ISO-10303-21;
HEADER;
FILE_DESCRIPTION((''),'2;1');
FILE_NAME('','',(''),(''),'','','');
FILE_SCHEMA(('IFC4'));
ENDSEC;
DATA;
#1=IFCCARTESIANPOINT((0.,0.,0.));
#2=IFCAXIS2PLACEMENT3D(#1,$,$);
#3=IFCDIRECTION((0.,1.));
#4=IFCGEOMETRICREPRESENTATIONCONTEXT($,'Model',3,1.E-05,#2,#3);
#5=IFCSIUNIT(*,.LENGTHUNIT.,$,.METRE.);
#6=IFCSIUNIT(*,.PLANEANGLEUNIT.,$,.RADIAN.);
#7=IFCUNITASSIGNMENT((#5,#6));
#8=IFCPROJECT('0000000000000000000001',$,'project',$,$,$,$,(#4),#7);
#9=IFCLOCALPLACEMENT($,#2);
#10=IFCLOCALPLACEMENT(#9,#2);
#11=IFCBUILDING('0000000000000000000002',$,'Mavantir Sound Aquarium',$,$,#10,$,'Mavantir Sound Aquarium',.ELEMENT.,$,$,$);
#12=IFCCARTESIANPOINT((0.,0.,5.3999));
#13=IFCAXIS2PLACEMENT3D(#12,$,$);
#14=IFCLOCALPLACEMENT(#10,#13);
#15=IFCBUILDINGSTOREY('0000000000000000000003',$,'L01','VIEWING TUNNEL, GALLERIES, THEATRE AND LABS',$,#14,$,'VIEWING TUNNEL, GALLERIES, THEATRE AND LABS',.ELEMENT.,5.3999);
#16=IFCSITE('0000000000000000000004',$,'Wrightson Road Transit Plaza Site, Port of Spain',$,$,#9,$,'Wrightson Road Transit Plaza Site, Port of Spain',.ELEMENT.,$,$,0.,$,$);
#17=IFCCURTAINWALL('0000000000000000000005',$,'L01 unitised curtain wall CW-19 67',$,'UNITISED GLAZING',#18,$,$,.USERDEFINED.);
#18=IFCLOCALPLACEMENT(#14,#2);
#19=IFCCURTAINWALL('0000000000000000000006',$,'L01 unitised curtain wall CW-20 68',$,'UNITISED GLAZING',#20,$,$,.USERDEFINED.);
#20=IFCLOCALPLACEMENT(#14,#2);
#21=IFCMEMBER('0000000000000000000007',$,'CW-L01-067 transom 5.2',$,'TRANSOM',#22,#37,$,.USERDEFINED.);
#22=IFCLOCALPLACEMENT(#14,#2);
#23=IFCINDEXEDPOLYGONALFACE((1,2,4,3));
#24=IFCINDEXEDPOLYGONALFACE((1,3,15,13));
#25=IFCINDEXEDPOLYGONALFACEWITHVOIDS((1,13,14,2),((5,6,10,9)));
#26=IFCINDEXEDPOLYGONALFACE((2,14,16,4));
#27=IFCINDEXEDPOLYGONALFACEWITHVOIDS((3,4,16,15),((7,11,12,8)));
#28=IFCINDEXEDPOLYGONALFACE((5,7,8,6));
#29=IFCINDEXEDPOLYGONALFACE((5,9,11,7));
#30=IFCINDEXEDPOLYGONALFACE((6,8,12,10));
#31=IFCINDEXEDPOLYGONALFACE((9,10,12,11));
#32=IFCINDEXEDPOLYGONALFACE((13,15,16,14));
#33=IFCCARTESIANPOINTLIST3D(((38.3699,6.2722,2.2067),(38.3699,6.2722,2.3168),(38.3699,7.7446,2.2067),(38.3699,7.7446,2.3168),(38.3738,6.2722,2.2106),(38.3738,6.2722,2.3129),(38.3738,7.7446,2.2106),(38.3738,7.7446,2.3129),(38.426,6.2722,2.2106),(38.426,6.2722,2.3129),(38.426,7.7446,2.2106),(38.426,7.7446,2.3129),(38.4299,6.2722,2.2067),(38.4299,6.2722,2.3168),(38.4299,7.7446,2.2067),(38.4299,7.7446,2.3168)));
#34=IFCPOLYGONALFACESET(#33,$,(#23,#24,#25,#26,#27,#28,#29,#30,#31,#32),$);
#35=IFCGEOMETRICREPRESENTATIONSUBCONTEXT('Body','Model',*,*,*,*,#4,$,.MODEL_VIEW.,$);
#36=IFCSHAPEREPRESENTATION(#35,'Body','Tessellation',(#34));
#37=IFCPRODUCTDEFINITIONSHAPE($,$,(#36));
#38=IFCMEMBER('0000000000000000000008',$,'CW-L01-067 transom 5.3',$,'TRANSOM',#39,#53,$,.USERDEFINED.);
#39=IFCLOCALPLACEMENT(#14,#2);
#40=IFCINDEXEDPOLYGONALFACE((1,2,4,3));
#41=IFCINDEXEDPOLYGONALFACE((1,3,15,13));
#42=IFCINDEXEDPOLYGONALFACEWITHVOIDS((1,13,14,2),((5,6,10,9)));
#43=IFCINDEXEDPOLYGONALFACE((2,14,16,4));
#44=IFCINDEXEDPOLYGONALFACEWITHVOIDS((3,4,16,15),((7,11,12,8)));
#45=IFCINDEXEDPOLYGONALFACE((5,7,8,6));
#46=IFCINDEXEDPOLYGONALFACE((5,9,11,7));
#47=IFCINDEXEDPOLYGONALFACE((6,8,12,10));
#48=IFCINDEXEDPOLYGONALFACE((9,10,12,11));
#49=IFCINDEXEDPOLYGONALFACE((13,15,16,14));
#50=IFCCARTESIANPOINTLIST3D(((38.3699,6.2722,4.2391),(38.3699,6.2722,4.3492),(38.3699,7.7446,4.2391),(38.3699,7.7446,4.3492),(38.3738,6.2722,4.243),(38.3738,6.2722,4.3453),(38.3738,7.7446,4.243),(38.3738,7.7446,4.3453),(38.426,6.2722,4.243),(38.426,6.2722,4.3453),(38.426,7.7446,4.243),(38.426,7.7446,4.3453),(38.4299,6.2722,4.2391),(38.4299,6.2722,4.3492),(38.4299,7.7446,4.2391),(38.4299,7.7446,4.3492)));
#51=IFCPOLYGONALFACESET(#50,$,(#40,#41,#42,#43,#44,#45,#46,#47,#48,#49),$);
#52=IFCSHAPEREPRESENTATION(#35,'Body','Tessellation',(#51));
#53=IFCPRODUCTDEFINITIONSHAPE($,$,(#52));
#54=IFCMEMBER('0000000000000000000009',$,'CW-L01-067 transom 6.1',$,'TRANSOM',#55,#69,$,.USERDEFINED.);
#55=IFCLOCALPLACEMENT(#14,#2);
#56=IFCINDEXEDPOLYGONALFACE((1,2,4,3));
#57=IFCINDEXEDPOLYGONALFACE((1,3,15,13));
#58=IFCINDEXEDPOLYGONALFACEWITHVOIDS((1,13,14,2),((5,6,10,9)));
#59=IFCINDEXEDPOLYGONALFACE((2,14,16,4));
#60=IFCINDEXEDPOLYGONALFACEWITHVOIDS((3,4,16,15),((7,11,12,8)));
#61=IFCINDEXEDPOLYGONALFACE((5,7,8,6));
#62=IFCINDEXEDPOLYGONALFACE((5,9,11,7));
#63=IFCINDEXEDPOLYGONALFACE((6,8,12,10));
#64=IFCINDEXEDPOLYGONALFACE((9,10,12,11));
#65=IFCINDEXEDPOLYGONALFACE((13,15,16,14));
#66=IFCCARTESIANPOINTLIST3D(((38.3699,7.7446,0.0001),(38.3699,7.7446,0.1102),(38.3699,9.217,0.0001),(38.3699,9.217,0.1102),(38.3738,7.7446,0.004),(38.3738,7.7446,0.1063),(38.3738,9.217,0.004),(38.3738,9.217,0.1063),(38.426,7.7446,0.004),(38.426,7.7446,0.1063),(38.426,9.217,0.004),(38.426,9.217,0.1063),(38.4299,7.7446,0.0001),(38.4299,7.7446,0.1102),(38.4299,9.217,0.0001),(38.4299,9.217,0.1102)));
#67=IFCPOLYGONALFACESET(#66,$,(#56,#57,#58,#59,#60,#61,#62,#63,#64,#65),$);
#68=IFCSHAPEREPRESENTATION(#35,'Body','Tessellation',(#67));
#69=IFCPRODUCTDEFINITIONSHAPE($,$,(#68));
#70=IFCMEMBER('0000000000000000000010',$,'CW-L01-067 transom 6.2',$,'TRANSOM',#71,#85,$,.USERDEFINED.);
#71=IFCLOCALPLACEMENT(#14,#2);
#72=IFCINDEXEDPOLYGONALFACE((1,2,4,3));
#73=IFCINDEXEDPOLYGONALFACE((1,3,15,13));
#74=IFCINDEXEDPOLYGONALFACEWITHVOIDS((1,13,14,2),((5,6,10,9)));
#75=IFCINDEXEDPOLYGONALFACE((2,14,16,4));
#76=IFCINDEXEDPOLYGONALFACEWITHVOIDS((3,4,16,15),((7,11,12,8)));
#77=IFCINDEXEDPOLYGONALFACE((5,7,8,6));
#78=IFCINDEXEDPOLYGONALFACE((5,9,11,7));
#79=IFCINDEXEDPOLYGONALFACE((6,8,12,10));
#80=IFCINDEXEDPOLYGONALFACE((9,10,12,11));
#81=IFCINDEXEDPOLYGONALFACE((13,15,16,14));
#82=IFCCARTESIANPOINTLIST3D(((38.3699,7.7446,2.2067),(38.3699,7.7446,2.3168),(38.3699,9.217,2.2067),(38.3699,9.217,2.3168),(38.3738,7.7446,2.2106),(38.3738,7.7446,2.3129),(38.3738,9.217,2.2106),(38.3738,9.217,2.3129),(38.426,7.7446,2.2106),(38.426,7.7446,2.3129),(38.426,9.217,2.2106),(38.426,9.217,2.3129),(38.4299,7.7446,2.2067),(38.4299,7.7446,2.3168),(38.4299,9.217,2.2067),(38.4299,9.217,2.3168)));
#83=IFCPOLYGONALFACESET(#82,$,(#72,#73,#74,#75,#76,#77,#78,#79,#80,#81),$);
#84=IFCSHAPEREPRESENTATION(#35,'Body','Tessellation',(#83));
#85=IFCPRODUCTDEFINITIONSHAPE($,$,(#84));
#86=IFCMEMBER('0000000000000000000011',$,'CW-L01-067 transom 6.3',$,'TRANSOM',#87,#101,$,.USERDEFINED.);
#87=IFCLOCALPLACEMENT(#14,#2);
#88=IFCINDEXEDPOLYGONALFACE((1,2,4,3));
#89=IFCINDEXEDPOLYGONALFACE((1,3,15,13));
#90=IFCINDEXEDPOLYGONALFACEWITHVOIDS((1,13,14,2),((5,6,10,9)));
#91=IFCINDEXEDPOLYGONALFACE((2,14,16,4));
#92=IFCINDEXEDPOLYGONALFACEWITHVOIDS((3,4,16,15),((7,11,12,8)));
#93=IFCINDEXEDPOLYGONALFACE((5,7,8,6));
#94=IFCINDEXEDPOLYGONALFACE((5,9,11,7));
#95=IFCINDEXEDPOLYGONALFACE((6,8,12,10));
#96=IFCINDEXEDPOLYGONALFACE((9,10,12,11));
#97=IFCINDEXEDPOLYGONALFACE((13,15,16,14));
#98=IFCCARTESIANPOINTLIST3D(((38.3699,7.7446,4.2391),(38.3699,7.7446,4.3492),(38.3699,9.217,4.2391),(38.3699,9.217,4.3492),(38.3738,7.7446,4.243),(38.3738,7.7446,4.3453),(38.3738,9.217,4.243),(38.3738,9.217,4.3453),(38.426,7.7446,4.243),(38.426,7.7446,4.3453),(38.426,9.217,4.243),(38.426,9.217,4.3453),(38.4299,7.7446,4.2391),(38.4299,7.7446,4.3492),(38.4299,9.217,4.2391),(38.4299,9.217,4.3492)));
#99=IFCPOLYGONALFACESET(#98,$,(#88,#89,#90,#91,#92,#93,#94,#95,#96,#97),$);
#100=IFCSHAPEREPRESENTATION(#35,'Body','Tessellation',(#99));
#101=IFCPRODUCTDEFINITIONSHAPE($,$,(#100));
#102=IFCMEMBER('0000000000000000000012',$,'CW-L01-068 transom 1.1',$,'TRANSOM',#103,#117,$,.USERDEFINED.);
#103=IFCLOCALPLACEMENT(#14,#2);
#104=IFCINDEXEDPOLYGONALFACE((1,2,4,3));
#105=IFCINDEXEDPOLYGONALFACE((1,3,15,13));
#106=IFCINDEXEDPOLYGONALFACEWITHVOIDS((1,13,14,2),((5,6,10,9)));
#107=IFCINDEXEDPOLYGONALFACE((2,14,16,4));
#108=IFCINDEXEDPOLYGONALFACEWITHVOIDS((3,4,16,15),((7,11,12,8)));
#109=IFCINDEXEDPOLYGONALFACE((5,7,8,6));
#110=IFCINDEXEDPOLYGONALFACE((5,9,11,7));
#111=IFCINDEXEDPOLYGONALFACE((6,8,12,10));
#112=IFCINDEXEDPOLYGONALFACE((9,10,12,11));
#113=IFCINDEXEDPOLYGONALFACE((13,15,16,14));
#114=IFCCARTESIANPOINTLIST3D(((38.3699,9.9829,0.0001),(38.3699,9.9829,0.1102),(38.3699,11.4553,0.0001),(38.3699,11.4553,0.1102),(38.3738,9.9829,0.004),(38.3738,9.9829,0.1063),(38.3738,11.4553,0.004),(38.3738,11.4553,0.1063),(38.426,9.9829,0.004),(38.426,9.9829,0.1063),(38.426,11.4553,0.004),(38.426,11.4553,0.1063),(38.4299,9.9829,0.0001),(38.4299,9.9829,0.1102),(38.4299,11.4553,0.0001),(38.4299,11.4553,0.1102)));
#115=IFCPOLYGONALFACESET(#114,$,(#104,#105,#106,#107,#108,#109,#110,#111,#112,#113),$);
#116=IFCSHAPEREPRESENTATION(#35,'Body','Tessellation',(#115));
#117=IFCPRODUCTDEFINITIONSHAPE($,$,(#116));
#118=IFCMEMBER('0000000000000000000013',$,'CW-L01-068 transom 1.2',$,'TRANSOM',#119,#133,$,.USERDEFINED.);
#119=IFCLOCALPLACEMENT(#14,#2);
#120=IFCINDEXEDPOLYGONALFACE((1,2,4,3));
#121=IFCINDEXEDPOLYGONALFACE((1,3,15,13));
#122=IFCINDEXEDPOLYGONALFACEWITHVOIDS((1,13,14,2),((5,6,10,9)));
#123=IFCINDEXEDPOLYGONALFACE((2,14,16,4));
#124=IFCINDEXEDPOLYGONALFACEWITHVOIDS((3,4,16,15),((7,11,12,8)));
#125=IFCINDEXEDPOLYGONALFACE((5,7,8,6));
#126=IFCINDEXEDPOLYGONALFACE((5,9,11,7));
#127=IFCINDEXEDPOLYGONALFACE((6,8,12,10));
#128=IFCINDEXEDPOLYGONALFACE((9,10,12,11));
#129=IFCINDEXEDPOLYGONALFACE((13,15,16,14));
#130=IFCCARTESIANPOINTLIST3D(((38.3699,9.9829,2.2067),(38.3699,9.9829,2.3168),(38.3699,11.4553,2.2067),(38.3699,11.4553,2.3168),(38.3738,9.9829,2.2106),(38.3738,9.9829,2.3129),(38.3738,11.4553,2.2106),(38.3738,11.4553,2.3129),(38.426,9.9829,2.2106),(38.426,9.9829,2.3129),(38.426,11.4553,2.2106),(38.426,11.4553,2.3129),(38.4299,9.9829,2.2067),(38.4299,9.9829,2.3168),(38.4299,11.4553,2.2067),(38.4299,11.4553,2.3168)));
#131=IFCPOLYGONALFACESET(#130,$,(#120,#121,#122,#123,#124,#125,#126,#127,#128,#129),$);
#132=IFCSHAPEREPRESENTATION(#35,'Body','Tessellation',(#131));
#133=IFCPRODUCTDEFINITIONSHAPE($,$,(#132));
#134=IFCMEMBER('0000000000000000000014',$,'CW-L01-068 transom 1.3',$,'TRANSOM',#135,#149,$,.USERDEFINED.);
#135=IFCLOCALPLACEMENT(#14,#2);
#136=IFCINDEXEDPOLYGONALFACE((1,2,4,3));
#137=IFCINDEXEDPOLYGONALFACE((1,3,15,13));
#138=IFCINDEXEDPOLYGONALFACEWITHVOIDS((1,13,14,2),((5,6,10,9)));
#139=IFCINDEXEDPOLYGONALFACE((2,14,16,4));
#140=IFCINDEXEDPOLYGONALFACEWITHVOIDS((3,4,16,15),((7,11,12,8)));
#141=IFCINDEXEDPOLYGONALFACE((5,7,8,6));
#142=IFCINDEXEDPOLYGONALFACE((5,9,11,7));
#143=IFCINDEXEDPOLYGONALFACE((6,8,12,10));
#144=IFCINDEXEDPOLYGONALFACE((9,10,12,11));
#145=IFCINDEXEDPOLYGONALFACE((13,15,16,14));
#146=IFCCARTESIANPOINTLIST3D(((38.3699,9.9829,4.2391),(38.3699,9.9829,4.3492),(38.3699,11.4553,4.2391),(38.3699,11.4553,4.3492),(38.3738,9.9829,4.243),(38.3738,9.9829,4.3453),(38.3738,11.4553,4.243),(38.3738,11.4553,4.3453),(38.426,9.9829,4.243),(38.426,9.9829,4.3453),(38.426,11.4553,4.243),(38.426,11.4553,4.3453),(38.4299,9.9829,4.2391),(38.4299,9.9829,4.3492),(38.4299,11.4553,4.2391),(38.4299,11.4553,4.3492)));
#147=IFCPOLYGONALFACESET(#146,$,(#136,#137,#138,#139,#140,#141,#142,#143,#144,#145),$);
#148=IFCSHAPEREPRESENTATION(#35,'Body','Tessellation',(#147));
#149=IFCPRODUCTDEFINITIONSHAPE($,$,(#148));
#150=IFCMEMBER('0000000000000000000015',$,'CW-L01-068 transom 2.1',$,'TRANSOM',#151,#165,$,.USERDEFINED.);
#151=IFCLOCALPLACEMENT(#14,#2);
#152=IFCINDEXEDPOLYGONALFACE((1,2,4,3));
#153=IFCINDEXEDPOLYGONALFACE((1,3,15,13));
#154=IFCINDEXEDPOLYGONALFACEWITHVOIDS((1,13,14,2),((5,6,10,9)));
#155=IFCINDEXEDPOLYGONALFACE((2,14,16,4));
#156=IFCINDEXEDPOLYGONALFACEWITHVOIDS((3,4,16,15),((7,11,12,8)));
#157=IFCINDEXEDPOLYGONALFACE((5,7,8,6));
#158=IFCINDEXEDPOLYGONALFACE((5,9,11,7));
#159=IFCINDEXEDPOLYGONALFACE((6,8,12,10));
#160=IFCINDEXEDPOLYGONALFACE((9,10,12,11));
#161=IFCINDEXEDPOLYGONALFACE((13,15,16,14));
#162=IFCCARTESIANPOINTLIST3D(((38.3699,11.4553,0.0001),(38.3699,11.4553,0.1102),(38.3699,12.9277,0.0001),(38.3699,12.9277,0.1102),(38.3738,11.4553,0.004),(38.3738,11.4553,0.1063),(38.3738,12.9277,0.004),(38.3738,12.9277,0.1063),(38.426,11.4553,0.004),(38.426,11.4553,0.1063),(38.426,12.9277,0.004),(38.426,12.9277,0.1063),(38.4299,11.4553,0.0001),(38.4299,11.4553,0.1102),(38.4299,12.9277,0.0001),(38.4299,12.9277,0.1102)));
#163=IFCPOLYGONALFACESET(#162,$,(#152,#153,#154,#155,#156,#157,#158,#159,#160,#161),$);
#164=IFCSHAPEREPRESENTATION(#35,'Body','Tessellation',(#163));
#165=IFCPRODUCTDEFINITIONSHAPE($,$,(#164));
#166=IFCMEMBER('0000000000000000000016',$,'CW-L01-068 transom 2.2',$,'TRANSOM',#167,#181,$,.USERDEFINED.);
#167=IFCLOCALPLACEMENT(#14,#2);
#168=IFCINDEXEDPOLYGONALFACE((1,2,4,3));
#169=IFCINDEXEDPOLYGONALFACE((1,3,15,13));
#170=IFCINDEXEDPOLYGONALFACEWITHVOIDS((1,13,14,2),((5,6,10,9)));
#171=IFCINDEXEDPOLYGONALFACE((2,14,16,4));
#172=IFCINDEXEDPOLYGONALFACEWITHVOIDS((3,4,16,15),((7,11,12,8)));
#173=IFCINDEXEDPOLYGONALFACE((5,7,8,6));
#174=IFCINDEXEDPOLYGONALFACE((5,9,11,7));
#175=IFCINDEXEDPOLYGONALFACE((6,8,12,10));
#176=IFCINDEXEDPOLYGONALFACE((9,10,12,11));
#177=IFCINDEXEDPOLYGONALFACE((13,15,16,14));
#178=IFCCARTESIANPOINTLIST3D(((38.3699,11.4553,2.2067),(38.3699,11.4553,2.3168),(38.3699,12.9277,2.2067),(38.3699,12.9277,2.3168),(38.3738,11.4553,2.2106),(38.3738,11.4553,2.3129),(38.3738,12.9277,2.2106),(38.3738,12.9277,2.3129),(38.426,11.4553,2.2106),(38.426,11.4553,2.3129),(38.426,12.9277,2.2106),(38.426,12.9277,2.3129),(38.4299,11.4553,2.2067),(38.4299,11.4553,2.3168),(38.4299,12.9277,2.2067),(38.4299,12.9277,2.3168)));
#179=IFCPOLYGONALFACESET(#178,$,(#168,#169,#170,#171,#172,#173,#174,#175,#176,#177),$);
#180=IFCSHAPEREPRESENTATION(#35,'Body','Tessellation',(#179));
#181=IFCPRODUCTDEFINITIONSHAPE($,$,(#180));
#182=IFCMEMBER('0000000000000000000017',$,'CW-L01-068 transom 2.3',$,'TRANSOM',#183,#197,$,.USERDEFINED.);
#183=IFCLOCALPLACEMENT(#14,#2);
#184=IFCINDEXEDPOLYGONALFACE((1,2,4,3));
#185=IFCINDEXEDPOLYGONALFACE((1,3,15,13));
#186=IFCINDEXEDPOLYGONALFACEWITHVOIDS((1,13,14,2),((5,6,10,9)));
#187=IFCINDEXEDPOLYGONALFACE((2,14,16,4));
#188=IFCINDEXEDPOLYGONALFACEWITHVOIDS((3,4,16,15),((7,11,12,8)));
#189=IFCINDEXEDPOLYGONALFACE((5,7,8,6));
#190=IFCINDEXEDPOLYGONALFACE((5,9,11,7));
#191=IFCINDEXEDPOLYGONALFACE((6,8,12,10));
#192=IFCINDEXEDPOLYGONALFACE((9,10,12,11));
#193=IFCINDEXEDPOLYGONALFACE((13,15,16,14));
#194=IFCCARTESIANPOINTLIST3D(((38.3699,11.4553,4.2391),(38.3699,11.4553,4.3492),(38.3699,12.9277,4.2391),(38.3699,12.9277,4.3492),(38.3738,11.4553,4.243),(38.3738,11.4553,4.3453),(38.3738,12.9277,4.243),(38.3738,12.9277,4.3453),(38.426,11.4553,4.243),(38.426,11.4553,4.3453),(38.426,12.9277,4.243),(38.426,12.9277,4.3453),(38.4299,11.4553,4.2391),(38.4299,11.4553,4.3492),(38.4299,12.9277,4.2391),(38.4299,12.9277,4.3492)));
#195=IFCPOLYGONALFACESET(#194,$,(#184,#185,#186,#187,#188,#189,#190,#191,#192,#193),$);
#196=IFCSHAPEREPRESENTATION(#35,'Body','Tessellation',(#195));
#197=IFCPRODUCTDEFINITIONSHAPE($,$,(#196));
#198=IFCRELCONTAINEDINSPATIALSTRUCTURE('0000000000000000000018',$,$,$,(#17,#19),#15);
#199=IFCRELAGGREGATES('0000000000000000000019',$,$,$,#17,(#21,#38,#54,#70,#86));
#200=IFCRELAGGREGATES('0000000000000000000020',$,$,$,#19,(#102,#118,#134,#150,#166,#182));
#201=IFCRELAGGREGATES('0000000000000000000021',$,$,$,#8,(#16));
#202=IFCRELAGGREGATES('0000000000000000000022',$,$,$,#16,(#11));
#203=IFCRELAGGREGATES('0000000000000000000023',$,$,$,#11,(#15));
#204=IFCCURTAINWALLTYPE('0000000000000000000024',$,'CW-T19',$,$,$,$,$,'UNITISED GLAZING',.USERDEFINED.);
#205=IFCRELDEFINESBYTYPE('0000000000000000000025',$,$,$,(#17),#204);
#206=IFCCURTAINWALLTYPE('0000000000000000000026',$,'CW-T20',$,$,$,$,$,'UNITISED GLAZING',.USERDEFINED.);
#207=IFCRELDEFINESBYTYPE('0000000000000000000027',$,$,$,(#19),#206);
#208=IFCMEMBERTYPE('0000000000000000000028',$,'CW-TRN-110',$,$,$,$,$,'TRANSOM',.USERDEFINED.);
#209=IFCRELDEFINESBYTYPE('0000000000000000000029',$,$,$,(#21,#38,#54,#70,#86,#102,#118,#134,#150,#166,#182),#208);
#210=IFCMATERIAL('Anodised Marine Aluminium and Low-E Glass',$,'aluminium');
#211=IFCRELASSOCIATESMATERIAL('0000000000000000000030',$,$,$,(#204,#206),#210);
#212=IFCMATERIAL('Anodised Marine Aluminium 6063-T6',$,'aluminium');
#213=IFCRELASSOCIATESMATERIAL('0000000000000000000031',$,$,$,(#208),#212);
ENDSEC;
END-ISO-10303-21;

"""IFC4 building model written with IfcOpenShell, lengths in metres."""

from ifc_helpers import new_model, si_unit, direction, frame, origin, origin_2d, place, context, subcontext, project, spatial, hollow_rectangle, extrude, material, material_profile, profile_set, type_object, element, aggregate, save


model = new_model("IFC4")

# Units and contexts
model_context = context("Model", 3, precision=1e-05, world=origin(), true_north=direction((0.0, 1.0)))
body_context = subcontext(model_context, "Body", "Model", "MODEL_VIEW")
ifc_project = project(units=[si_unit("LENGTHUNIT", "METRE"), si_unit("PLANEANGLEUNIT", "RADIAN")], contexts=[model_context])

# Site, building, storey
site_placement = place(None, origin())
site = spatial("IfcSite", under=ifc_project, at=site_placement, Name="Wrightson Road Transit Plaza Site, Port of Spain", LongName="Wrightson Road Transit Plaza Site, Port of Spain", CompositionType="ELEMENT", RefElevation=0.0)
building_placement = place(site_placement, origin())
building = spatial("IfcBuilding", under=site, at=building_placement, Name="Mavantir Sound Aquarium", LongName="Mavantir Sound Aquarium", CompositionType="ELEMENT")
storey_placement = place(building_placement, frame((0.0, 0.0, 5.3999)))
storey = spatial("IfcBuildingStorey", under=building, at=storey_placement, Name="L01", Description="VIEWING TUNNEL, GALLERIES, THEATRE AND LABS", LongName="VIEWING TUNNEL, GALLERIES, THEATRE AND LABS", CompositionType="ELEMENT", Elevation=5.3999)

# Curtain walls
ifc_material_1 = material(Name="Anodised Marine Aluminium and Low-E Glass", Category="aluminium")
curtain_wall_type_1 = type_object("IfcCurtainWallType", Name="CW-T19", ElementType="UNITISED GLAZING", PredefinedType="USERDEFINED", material=ifc_material_1)
curtain_wall_1_placement = place(storey_placement, origin())
curtain_wall_1 = element("IfcCurtainWall", 1, at=curtain_wall_1_placement, inside=storey, type_object=curtain_wall_type_1, Name="L01 unitised curtain wall CW-19 67", ObjectType="UNITISED GLAZING", PredefinedType="USERDEFINED")
ifc_material_2 = material(Name="Anodised Marine Aluminium 6063-T6", Category="aluminium")
curtain_wall_type_2 = type_object("IfcCurtainWallType", Name="CW-T20", ElementType="UNITISED GLAZING", PredefinedType="USERDEFINED", material=ifc_material_1)
curtain_wall_2_placement = place(storey_placement, origin())
curtain_wall_2 = element("IfcCurtainWall", 2, at=curtain_wall_2_placement, inside=storey, type_object=curtain_wall_type_2, Name="L01 unitised curtain wall CW-20 68", ObjectType="UNITISED GLAZING", PredefinedType="USERDEFINED")

# Members
ifc_material_profile_1 = material_profile(ifc_material_2, hollow_rectangle(XDim=0.0601, YDim=0.1101, WallThickness=0.0039, at=origin_2d()), Name="ALU-TRANSOM-110X60")
ifc_profile_set_1 = profile_set([ifc_material_profile_1], Name="Anodised Marine Aluminium 6063-T6")
member_type_1 = type_object("IfcMemberType", Name="CW-TRN-110", ElementType="TRANSOM", PredefinedType="USERDEFINED", material=ifc_profile_set_1)
member_1_placement = place(storey_placement, frame((38.3999, 6.2722, 2.2617), z_axis=(0.0, 1.0, 0.0), x_axis=(-1.0, 0.0, 0.0)))
member_1 = element("IfcMember", 3, at=member_1_placement, type_object=member_type_1, Name="CW-L01-067 transom 5.2", ObjectType="TRANSOM", PredefinedType="USERDEFINED", context=body_context, shape_type="SweptSolid", body=[
    extrude(hollow_rectangle(XDim=0.0601, YDim=0.1101, WallThickness=0.0039, at=origin_2d()), origin(), (0.0, 0.0, 1.0), 1.4724),
])
member_2_placement = place(storey_placement, frame((38.3999, 6.2722, 4.2942), z_axis=(0.0, 1.0, 0.0), x_axis=(-1.0, 0.0, 0.0)))
member_2 = element("IfcMember", 4, at=member_2_placement, type_object=member_type_1, Name="CW-L01-067 transom 5.3", ObjectType="TRANSOM", PredefinedType="USERDEFINED", context=body_context, shape_type="SweptSolid", body=[
    extrude(hollow_rectangle(XDim=0.0601, YDim=0.1101, WallThickness=0.0039, at=origin_2d()), origin(), (0.0, 0.0, 1.0), 1.4724),
])
member_3_placement = place(storey_placement, frame((38.3999, 7.7446, 0.0552), z_axis=(0.0, 1.0, 0.0), x_axis=(-1.0, 0.0, 0.0)))
member_3 = element("IfcMember", 5, at=member_3_placement, type_object=member_type_1, Name="CW-L01-067 transom 6.1", ObjectType="TRANSOM", PredefinedType="USERDEFINED", context=body_context, shape_type="SweptSolid", body=[
    extrude(hollow_rectangle(XDim=0.0601, YDim=0.1101, WallThickness=0.0039, at=origin_2d()), origin(), (0.0, 0.0, 1.0), 1.4724),
])
member_4_placement = place(storey_placement, frame((38.3999, 7.7446, 2.2617), z_axis=(0.0, 1.0, 0.0), x_axis=(-1.0, 0.0, 0.0)))
member_4 = element("IfcMember", 6, at=member_4_placement, type_object=member_type_1, Name="CW-L01-067 transom 6.2", ObjectType="TRANSOM", PredefinedType="USERDEFINED", context=body_context, shape_type="SweptSolid", body=[
    extrude(hollow_rectangle(XDim=0.0601, YDim=0.1101, WallThickness=0.0039, at=origin_2d()), origin(), (0.0, 0.0, 1.0), 1.4724),
])
member_5_placement = place(storey_placement, frame((38.3999, 7.7446, 4.2942), z_axis=(0.0, 1.0, 0.0), x_axis=(-1.0, 0.0, 0.0)))
member_5 = element("IfcMember", 7, at=member_5_placement, type_object=member_type_1, Name="CW-L01-067 transom 6.3", ObjectType="TRANSOM", PredefinedType="USERDEFINED", context=body_context, shape_type="SweptSolid", body=[
    extrude(hollow_rectangle(XDim=0.0601, YDim=0.1101, WallThickness=0.0039, at=origin_2d()), origin(), (0.0, 0.0, 1.0), 1.4724),
])
member_6_placement = place(storey_placement, frame((38.3999, 9.9829, 0.0552), z_axis=(0.0, 1.0, 0.0), x_axis=(-1.0, 0.0, 0.0)))
member_6 = element("IfcMember", 8, at=member_6_placement, type_object=member_type_1, Name="CW-L01-068 transom 1.1", ObjectType="TRANSOM", PredefinedType="USERDEFINED", context=body_context, shape_type="SweptSolid", body=[
    extrude(hollow_rectangle(XDim=0.0601, YDim=0.1101, WallThickness=0.0039, at=origin_2d()), origin(), (0.0, 0.0, 1.0), 1.4724),
])
member_7_placement = place(storey_placement, frame((38.3999, 9.9829, 2.2617), z_axis=(0.0, 1.0, 0.0), x_axis=(-1.0, 0.0, 0.0)))
member_7 = element("IfcMember", 9, at=member_7_placement, type_object=member_type_1, Name="CW-L01-068 transom 1.2", ObjectType="TRANSOM", PredefinedType="USERDEFINED", context=body_context, shape_type="SweptSolid", body=[
    extrude(hollow_rectangle(XDim=0.0601, YDim=0.1101, WallThickness=0.0039, at=origin_2d()), origin(), (0.0, 0.0, 1.0), 1.4724),
])
member_8_placement = place(storey_placement, frame((38.3999, 9.9829, 4.2942), z_axis=(0.0, 1.0, 0.0), x_axis=(-1.0, 0.0, 0.0)))
member_8 = element("IfcMember", 10, at=member_8_placement, type_object=member_type_1, Name="CW-L01-068 transom 1.3", ObjectType="TRANSOM", PredefinedType="USERDEFINED", context=body_context, shape_type="SweptSolid", body=[
    extrude(hollow_rectangle(XDim=0.0601, YDim=0.1101, WallThickness=0.0039, at=origin_2d()), origin(), (0.0, 0.0, 1.0), 1.4724),
])
member_9_placement = place(storey_placement, frame((38.3999, 11.4553, 0.0552), z_axis=(0.0, 1.0, 0.0), x_axis=(-1.0, 0.0, 0.0)))
member_9 = element("IfcMember", 11, at=member_9_placement, type_object=member_type_1, Name="CW-L01-068 transom 2.1", ObjectType="TRANSOM", PredefinedType="USERDEFINED", context=body_context, shape_type="SweptSolid", body=[
    extrude(hollow_rectangle(XDim=0.0601, YDim=0.1101, WallThickness=0.0039, at=origin_2d()), origin(), (0.0, 0.0, 1.0), 1.4724),
])
member_10_placement = place(storey_placement, frame((38.3999, 11.4553, 2.2617), z_axis=(0.0, 1.0, 0.0), x_axis=(-1.0, 0.0, 0.0)))
member_10 = element("IfcMember", 12, at=member_10_placement, type_object=member_type_1, Name="CW-L01-068 transom 2.2", ObjectType="TRANSOM", PredefinedType="USERDEFINED", context=body_context, shape_type="SweptSolid", body=[
    extrude(hollow_rectangle(XDim=0.0601, YDim=0.1101, WallThickness=0.0039, at=origin_2d()), origin(), (0.0, 0.0, 1.0), 1.4724),
])
member_11_placement = place(storey_placement, frame((38.3999, 11.4553, 4.2942), z_axis=(0.0, 1.0, 0.0), x_axis=(-1.0, 0.0, 0.0)))
member_11 = element("IfcMember", 13, at=member_11_placement, type_object=member_type_1, Name="CW-L01-068 transom 2.3", ObjectType="TRANSOM", PredefinedType="USERDEFINED", context=body_context, shape_type="SweptSolid", body=[
    extrude(hollow_rectangle(XDim=0.0601, YDim=0.1101, WallThickness=0.0039, at=origin_2d()), origin(), (0.0, 0.0, 1.0), 1.4724),
])

aggregate(curtain_wall_1, [member_1, member_2, member_3, member_4, member_5])
aggregate(curtain_wall_2, [member_6, member_7, member_8, member_9, member_10, member_11])

save(model, "model.ifc")
